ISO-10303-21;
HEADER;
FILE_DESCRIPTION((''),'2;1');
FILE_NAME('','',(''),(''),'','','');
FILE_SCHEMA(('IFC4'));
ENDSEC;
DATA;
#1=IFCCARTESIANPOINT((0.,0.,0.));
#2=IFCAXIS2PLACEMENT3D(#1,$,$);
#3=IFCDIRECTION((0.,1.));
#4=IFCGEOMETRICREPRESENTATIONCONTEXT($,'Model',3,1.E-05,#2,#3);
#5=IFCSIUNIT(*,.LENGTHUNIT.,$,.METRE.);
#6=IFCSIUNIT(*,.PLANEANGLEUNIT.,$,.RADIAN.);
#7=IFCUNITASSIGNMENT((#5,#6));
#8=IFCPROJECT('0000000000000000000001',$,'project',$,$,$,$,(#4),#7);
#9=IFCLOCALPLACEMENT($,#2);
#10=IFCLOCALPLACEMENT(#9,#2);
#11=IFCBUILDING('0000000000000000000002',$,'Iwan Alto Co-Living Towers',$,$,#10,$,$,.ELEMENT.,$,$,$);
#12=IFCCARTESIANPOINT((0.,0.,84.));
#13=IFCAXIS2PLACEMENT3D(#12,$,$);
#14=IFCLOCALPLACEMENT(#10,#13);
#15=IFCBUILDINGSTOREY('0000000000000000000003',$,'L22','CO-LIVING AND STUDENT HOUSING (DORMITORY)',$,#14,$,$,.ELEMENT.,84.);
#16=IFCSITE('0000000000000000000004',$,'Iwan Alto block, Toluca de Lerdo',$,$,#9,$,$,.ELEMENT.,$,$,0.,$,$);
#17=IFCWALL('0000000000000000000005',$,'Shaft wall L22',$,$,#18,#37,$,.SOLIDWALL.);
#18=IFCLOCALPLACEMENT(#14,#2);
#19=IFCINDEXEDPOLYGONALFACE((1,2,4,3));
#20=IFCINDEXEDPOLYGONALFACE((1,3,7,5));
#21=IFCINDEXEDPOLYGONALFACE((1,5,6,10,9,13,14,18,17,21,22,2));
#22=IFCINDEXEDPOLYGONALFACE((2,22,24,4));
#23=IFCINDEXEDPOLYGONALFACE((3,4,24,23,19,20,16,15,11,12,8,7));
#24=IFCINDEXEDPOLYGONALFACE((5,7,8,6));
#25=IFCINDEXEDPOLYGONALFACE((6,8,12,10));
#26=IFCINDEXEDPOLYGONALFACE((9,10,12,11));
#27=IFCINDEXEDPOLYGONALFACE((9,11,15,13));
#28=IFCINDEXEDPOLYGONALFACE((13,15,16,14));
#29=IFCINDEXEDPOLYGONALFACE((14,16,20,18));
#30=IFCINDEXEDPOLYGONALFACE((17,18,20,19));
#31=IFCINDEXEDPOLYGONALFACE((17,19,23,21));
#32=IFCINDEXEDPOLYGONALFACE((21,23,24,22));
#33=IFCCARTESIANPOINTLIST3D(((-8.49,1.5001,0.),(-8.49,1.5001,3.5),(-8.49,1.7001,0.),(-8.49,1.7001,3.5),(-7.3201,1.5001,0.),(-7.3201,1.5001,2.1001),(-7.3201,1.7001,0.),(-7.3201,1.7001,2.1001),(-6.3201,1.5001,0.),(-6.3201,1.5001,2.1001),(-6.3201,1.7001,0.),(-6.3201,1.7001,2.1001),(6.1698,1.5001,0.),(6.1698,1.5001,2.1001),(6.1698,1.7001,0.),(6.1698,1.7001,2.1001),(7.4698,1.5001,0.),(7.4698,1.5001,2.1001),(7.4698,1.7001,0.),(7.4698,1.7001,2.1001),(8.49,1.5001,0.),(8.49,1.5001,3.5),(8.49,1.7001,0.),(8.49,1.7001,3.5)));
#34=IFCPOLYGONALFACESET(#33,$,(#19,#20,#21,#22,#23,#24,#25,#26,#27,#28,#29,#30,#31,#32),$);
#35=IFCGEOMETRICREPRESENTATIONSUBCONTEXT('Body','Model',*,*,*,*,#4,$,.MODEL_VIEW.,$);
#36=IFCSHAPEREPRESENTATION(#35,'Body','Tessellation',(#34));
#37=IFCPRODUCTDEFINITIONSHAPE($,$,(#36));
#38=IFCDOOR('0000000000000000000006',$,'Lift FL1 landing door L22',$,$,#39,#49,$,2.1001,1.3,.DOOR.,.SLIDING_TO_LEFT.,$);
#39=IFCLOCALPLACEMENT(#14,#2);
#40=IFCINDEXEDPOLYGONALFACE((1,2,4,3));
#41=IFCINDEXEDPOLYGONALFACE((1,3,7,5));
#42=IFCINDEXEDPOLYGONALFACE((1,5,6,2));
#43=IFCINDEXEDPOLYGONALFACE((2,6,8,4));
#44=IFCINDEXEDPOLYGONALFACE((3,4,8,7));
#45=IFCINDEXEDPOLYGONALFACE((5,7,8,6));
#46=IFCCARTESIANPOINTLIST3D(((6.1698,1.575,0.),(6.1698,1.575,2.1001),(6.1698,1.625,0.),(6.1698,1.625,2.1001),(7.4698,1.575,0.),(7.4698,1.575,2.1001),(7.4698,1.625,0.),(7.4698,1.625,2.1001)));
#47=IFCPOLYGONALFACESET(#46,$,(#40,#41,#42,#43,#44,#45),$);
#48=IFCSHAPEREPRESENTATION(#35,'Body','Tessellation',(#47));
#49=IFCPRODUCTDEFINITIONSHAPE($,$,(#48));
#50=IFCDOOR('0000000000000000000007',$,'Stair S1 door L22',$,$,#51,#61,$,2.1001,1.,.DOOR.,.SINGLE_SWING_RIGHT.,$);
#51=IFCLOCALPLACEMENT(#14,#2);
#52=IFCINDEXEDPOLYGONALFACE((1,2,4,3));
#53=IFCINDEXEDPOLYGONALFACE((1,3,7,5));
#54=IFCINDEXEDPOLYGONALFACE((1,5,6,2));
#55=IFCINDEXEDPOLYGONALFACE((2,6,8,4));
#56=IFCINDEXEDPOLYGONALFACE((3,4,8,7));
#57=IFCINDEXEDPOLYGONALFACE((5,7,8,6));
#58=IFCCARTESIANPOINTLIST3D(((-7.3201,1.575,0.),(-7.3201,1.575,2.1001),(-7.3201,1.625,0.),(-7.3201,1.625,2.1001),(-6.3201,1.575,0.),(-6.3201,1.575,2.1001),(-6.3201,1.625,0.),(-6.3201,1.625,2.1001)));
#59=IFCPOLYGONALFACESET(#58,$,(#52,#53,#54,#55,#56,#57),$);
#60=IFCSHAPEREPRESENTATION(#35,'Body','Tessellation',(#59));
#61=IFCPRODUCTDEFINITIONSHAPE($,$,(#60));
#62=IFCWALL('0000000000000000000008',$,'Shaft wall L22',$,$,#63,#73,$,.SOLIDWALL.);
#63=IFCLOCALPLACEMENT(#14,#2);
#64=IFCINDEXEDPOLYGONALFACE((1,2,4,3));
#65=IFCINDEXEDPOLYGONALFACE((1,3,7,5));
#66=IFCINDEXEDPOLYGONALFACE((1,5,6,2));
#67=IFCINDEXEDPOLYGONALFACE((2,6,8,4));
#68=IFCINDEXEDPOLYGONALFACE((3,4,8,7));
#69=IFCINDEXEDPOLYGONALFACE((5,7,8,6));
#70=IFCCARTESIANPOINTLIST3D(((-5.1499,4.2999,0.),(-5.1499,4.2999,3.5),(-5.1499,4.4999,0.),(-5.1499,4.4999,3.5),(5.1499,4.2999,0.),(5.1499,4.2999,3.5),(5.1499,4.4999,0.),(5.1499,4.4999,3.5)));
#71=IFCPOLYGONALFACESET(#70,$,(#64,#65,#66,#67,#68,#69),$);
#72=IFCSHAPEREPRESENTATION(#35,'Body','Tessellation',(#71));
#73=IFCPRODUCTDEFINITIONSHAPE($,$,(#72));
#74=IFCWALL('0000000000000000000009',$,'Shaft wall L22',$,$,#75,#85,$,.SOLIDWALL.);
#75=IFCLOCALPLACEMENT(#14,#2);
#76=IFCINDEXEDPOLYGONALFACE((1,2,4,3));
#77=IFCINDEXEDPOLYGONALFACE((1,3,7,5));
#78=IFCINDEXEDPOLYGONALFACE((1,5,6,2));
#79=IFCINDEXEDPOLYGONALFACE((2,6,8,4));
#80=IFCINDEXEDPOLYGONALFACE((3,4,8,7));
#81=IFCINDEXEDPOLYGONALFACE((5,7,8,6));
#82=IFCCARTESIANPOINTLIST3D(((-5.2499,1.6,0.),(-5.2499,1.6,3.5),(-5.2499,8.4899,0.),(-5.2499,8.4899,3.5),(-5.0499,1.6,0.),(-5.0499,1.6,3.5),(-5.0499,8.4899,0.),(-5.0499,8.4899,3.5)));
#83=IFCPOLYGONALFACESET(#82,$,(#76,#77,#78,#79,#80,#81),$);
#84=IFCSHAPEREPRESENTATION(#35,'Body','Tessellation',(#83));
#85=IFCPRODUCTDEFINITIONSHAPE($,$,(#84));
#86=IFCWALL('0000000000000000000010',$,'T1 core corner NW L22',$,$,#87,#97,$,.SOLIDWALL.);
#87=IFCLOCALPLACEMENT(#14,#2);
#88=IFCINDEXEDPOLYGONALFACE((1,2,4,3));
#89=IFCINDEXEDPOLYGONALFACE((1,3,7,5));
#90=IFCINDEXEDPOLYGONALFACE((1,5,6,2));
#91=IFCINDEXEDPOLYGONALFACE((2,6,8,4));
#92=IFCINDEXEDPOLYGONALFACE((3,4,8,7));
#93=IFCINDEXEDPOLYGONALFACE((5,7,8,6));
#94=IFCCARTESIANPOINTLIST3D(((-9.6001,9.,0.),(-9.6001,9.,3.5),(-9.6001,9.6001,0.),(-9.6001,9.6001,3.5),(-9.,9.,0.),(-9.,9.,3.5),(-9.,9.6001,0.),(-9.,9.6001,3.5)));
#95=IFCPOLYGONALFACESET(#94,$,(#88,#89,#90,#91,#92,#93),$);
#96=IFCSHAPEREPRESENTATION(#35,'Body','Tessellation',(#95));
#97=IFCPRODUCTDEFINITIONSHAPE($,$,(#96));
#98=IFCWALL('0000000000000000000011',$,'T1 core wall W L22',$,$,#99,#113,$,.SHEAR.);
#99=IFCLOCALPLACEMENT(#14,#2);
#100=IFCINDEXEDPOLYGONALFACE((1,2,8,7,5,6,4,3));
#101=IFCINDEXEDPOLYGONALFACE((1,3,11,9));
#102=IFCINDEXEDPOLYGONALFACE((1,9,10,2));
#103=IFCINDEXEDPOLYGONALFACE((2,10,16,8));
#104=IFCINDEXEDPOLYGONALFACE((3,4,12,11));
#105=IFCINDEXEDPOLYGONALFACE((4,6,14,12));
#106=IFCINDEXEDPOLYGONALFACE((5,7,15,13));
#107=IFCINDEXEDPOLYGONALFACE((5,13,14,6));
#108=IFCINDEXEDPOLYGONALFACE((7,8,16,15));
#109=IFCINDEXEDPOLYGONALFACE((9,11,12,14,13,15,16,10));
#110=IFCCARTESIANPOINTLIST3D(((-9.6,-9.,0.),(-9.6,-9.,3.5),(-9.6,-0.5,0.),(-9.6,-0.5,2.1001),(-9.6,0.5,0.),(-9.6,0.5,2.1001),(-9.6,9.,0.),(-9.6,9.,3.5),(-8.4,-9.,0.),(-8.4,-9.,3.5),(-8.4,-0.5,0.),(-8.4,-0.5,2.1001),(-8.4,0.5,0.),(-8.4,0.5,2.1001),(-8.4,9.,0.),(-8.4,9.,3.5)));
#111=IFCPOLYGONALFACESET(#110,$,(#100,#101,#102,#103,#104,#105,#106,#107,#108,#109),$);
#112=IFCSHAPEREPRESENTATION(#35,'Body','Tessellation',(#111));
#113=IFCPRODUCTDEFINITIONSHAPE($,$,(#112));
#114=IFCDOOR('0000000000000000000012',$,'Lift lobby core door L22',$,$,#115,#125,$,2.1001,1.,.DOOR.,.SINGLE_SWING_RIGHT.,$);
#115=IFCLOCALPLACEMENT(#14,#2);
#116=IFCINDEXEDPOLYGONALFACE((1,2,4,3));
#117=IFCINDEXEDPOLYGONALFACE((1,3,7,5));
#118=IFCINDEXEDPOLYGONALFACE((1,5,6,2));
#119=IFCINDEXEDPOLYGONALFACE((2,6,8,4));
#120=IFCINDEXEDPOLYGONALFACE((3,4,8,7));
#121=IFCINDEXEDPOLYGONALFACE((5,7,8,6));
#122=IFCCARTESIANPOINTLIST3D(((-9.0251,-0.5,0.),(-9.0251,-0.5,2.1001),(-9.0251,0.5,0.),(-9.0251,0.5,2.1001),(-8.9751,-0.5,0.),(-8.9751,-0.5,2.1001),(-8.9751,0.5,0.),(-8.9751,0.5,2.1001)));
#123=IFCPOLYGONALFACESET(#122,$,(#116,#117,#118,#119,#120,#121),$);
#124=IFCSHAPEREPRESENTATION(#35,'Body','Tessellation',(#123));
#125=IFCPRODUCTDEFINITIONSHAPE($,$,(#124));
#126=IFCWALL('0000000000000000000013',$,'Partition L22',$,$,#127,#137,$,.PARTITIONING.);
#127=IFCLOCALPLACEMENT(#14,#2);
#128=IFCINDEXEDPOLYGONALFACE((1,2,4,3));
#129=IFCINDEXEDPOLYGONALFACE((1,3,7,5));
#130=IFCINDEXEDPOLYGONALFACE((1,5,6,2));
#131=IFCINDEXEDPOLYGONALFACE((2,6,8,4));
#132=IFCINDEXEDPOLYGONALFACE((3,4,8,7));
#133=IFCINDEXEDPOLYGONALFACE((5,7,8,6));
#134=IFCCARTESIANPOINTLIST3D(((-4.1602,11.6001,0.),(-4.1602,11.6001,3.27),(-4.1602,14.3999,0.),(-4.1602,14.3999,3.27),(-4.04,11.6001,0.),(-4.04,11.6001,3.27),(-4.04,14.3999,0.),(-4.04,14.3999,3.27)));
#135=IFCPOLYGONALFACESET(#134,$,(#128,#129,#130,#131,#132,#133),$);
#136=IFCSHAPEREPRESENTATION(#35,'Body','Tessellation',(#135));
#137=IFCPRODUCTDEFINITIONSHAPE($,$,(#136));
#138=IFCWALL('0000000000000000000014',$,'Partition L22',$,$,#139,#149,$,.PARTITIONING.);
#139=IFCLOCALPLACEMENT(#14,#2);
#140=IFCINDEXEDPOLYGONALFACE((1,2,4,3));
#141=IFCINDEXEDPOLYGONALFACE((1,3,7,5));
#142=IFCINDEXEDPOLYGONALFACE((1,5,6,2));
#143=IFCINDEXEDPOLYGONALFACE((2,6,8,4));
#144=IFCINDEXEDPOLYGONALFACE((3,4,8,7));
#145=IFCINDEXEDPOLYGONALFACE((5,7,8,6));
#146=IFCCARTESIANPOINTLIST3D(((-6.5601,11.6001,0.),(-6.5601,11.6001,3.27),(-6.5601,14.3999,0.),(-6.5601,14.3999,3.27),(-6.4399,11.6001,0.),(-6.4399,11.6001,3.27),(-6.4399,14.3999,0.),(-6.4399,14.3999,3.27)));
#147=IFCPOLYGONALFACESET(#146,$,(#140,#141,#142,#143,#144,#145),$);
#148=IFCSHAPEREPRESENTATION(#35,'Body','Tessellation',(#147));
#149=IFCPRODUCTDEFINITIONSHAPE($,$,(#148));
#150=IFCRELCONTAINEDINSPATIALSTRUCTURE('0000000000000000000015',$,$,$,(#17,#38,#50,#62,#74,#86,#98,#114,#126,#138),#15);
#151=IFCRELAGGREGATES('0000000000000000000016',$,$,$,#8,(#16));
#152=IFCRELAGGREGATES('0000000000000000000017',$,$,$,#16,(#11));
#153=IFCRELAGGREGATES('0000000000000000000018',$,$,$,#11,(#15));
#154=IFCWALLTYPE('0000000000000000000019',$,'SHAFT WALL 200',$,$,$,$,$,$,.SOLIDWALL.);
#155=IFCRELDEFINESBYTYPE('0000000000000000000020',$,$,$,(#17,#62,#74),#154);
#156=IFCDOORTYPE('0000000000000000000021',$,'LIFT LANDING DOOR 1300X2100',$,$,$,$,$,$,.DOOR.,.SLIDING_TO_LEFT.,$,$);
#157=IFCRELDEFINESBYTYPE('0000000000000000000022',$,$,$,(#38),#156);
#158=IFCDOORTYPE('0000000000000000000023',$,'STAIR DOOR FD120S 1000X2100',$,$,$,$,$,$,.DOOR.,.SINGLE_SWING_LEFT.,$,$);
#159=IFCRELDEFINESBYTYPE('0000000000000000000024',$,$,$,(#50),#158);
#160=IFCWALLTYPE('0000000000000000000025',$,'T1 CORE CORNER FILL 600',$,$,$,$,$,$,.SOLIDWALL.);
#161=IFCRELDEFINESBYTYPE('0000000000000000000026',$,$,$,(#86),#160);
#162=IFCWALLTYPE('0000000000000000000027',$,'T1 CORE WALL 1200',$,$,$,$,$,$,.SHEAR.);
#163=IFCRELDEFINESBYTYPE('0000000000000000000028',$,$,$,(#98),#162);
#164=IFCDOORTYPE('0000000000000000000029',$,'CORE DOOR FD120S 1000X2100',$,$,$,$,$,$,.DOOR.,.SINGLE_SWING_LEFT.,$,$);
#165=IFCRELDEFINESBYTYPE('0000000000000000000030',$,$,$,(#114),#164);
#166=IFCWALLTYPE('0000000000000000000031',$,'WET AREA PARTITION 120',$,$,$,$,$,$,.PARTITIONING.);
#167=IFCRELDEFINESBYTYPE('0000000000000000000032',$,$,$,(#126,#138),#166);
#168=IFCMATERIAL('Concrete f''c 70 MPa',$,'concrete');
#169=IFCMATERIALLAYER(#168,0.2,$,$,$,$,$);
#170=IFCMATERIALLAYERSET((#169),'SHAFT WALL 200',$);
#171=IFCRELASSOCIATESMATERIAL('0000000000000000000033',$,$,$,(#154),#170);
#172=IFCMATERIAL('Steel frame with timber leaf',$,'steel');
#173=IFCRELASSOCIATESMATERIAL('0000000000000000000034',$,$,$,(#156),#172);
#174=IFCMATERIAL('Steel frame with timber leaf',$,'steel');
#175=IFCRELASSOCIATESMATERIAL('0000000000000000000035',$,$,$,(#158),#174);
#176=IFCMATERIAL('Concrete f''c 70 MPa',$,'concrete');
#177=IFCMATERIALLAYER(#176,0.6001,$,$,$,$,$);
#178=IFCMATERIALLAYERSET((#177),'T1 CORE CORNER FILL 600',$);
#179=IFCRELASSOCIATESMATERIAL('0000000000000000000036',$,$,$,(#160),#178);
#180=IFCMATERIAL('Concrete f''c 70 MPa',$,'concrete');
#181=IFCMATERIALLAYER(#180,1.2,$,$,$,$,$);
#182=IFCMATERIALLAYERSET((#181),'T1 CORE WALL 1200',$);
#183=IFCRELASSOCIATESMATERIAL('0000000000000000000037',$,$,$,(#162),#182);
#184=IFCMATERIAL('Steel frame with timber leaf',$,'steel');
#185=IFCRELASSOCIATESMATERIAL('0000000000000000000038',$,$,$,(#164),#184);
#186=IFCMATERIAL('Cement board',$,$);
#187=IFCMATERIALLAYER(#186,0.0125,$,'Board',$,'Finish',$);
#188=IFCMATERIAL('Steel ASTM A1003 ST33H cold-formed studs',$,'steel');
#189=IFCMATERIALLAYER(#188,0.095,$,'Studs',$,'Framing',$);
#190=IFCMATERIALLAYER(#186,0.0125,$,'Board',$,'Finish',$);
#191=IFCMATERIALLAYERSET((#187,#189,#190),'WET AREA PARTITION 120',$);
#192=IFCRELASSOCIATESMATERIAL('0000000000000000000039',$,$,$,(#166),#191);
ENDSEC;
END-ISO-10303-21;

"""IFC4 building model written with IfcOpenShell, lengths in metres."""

from ifc_helpers import new_model, si_unit, direction, frame, frame_2d, origin, place, context, subcontext, project, spatial, rectangle, extrude, material, layer, layer_set, type_object, element, fill, save


model = new_model("IFC4")

# Units and contexts
model_context = context("Model", 3, precision=1e-05, world=origin(), true_north=direction((0.0, 1.0)))
body_context = subcontext(model_context, "Body", "Model", "MODEL_VIEW")
ifc_project = project(units=[si_unit("LENGTHUNIT", "METRE"), si_unit("PLANEANGLEUNIT", "RADIAN")], contexts=[model_context])

# Site, building, storey
site_placement = place(None, origin())
site = spatial("IfcSite", under=ifc_project, at=site_placement, Name="Iwan Alto block, Toluca de Lerdo", CompositionType="ELEMENT", RefElevation=0.0)
building_placement = place(site_placement, origin())
building = spatial("IfcBuilding", under=site, at=building_placement, Name="Iwan Alto Co-Living Towers", CompositionType="ELEMENT")
storey_placement = place(building_placement, frame((0.0, 0.0, 84.0)))
storey = spatial("IfcBuildingStorey", under=building, at=storey_placement, Name="L22", Description="CO-LIVING AND STUDENT HOUSING (DORMITORY)", CompositionType="ELEMENT", Elevation=84.0)

# Shared definitions
ifc_material_1 = material(Name="Steel ASTM A1003 ST33H cold-formed studs", Category="steel")

# Wall, openings, doors
ifc_material_2 = material(Name="Concrete f'c 70 MPa", Category="concrete")
ifc_layer_1 = layer(ifc_material_2, 0.2)
ifc_layer_set_1 = layer_set([ifc_layer_1], Name="SHAFT WALL 200")
wall_type_1 = type_object("IfcWallType", Name="SHAFT WALL 200", PredefinedType="SOLIDWALL", material=ifc_layer_set_1)
wall_1_placement = place(storey_placement, frame((-8.49, 1.6001, 0.0), z_axis=(0.0, 0.0, 1.0), x_axis=(1.0, 0.0, 0.0)))
wall_1 = element("IfcWall", 1, at=wall_1_placement, inside=storey, type_object=wall_type_1, Name="Shaft wall L22", PredefinedType="SOLIDWALL", context=body_context, shape_type="SweptSolid", body=[
    extrude(rectangle(XDim=16.98, YDim=0.2, at=frame_2d((8.49, 0.0))), origin(), (0.0, 0.0, 1.0), 3.5),
])
opening_1_placement = place(wall_1_placement, frame((1.1699, 0.0, 0.0)))
opening_1 = element("IfcOpeningElement", 2, at=opening_1_placement, cuts=wall_1, PredefinedType="OPENING", context=body_context, shape_type="SweptSolid", body=[
    extrude(rectangle(XDim=1.0, YDim=2.1001, at=frame_2d((0.5, 1.05))), frame((0.0, 0.1099, 0.0), z_axis=(0.0, -1.0, 0.0), x_axis=(1.0, 0.0, 0.0)), (0.0, 0.0, 1.0), 0.22),
])
opening_2_placement = place(wall_1_placement, frame((14.6599, 0.0, 0.0)))
opening_2 = element("IfcOpeningElement", 3, at=opening_2_placement, cuts=wall_1, PredefinedType="OPENING", context=body_context, shape_type="SweptSolid", body=[
    extrude(rectangle(XDim=1.3, YDim=2.1001, at=frame_2d((0.6499, 1.05))), frame((0.0, 0.1099, 0.0), z_axis=(0.0, -1.0, 0.0), x_axis=(1.0, 0.0, 0.0)), (0.0, 0.0, 1.0), 0.22),
])
ifc_material_3 = material(Name="Steel frame with timber leaf", Category="steel")
door_type_1 = type_object("IfcDoorType", Name="LIFT LANDING DOOR 1300X2100", OperationType="SLIDING_TO_LEFT", PredefinedType="DOOR", material=ifc_material_3)
door_1_placement = place(opening_2_placement, origin())
door_1 = element("IfcDoor", 4, at=door_1_placement, inside=storey, type_object=door_type_1, Name="Lift FL1 landing door L22", OperationType="SLIDING_TO_LEFT", OverallHeight=2.1001, OverallWidth=1.3, PredefinedType="DOOR", context=body_context, shape_type="SweptSolid", body=[
    extrude(rectangle(XDim=1.3, YDim=2.1001, at=frame_2d((0.6499, 1.05))), frame((0.0, 0.0249, 0.0), z_axis=(0.0, -1.0, 0.0), x_axis=(1.0, 0.0, 0.0)), (0.0, 0.0, 1.0), 0.05),
])
fill(opening_2, door_1)
ifc_material_4 = material(Name="Steel frame with timber leaf", Category="steel")
door_type_2 = type_object("IfcDoorType", Name="STAIR DOOR FD120S 1000X2100", OperationType="SINGLE_SWING_LEFT", PredefinedType="DOOR", material=ifc_material_4)
door_2_placement = place(opening_1_placement, origin())
door_2 = element("IfcDoor", 5, at=door_2_placement, inside=storey, type_object=door_type_2, Name="Stair S1 door L22", OperationType="SINGLE_SWING_RIGHT", OverallHeight=2.1001, OverallWidth=1.0, PredefinedType="DOOR", context=body_context, shape_type="SweptSolid", body=[
    extrude(rectangle(XDim=1.0, YDim=2.1001, at=frame_2d((0.5, 1.05))), frame((0.0, 0.0249, 0.0), z_axis=(0.0, -1.0, 0.0), x_axis=(1.0, 0.0, 0.0)), (0.0, 0.0, 1.0), 0.05),
])
fill(opening_1, door_2)

# Walls
wall_2_placement = place(storey_placement, frame((-5.1499, 4.3999, 0.0), z_axis=(0.0, 0.0, 1.0), x_axis=(1.0, 0.0, 0.0)))
element("IfcWall", 6, at=wall_2_placement, inside=storey, type_object=wall_type_1, Name="Shaft wall L22", PredefinedType="SOLIDWALL", context=body_context, shape_type="SweptSolid", body=[
    extrude(rectangle(XDim=10.2998, YDim=0.2, at=frame_2d((5.1499, 0.0))), origin(), (0.0, 0.0, 1.0), 3.5),
])
wall_3_placement = place(storey_placement, frame((-5.1499, 1.6001, 0.0), z_axis=(0.0, 0.0, 1.0), x_axis=(0.0, 1.0, 0.0)))
element("IfcWall", 7, at=wall_3_placement, inside=storey, type_object=wall_type_1, Name="Shaft wall L22", PredefinedType="SOLIDWALL", context=body_context, shape_type="SweptSolid", body=[
    extrude(rectangle(XDim=6.8899, YDim=0.2, at=frame_2d((3.4448, 0.0))), origin(), (0.0, 0.0, 1.0), 3.5),
])
ifc_material_5 = material(Name="Concrete f'c 70 MPa", Category="concrete")
ifc_layer_2 = layer(ifc_material_5, 0.6001)
ifc_layer_set_2 = layer_set([ifc_layer_2], Name="T1 CORE CORNER FILL 600")
wall_type_2 = type_object("IfcWallType", Name="T1 CORE CORNER FILL 600", PredefinedType="SOLIDWALL", material=ifc_layer_set_2)
wall_4_placement = place(storey_placement, frame((-9.6001, 9.3, 0.0), z_axis=(0.0, 0.0, 1.0), x_axis=(1.0, 0.0, 0.0)))
element("IfcWall", 8, at=wall_4_placement, inside=storey, type_object=wall_type_2, Name="T1 core corner NW L22", PredefinedType="SOLIDWALL", context=body_context, shape_type="SweptSolid", body=[
    extrude(rectangle(XDim=0.6001, YDim=0.6001, at=frame_2d((0.3, 0.0))), origin(), (0.0, 0.0, 1.0), 3.5),
])

# Wall, opening, door
ifc_material_6 = material(Name="Concrete f'c 70 MPa", Category="concrete")
ifc_layer_3 = layer(ifc_material_6, 1.2)
ifc_layer_set_3 = layer_set([ifc_layer_3], Name="T1 CORE WALL 1200")
wall_type_3 = type_object("IfcWallType", Name="T1 CORE WALL 1200", PredefinedType="SHEAR", material=ifc_layer_set_3)
wall_5_placement = place(storey_placement, frame((-9.0, 9.0, 0.0), z_axis=(0.0, 0.0, 1.0), x_axis=(0.0, -1.0, 0.0)))
wall_5 = element("IfcWall", 9, at=wall_5_placement, inside=storey, type_object=wall_type_3, Name="T1 core wall W L22", PredefinedType="SHEAR", context=body_context, shape_type="SweptSolid", body=[
    extrude(rectangle(XDim=18.0, YDim=1.2, at=frame_2d((9.0, 0.0))), origin(), (0.0, 0.0, 1.0), 3.5),
])
opening_3_placement = place(wall_5_placement, frame((8.5, 0.0, 0.0)))
opening_3 = element("IfcOpeningElement", 10, at=opening_3_placement, cuts=wall_5, PredefinedType="OPENING", context=body_context, shape_type="SweptSolid", body=[
    extrude(rectangle(XDim=1.0, YDim=2.1001, at=frame_2d((0.5, 1.05))), frame((0.0, 0.6099, 0.0), z_axis=(0.0, -1.0, 0.0), x_axis=(1.0, 0.0, 0.0)), (0.0, 0.0, 1.0), 1.22),
])
ifc_material_7 = material(Name="Steel frame with timber leaf", Category="steel")
door_type_3 = type_object("IfcDoorType", Name="CORE DOOR FD120S 1000X2100", OperationType="SINGLE_SWING_LEFT", PredefinedType="DOOR", material=ifc_material_7)
door_3_placement = place(opening_3_placement, origin())
door_3 = element("IfcDoor", 11, at=door_3_placement, inside=storey, type_object=door_type_3, Name="Lift lobby core door L22", OperationType="SINGLE_SWING_RIGHT", OverallHeight=2.1001, OverallWidth=1.0, PredefinedType="DOOR", context=body_context, shape_type="SweptSolid", body=[
    extrude(rectangle(XDim=1.0, YDim=2.1001, at=frame_2d((0.5, 1.05))), frame((0.0, 0.0249, 0.0), z_axis=(0.0, -1.0, 0.0), x_axis=(1.0, 0.0, 0.0)), (0.0, 0.0, 1.0), 0.05),
])
fill(opening_3, door_3)

# Walls
ifc_material_8 = material(Name="Cement board")
ifc_layer_4 = layer(ifc_material_8, 0.0125, Name="Board", Category="Finish")
ifc_layer_5 = layer(ifc_material_1, 0.095, Name="Studs", Category="Framing")
ifc_layer_6 = layer(ifc_material_8, 0.0125, Name="Board", Category="Finish")
ifc_layer_set_4 = layer_set([ifc_layer_4, ifc_layer_5, ifc_layer_6], Name="WET AREA PARTITION 120")
wall_type_4 = type_object("IfcWallType", Name="WET AREA PARTITION 120", PredefinedType="PARTITIONING", material=ifc_layer_set_4)
for number, where, z_axis, x_axis, name in (
    (12, (-4.1001, 11.6001, 0.0), (0.0, 0.0, 1.0), (0.0, 1.0, 0.0), "Partition L22"),
    (13, (-6.5, 11.6001, 0.0), (0.0, 0.0, 1.0), (0.0, 1.0, 0.0), "Partition L22"),
):
    element("IfcWall", number, at=place(storey_placement, frame(where, z_axis=z_axis, x_axis=x_axis)), inside=storey, type_object=wall_type_4, Name=name, PredefinedType="PARTITIONING", context=body_context, shape_type="SweptSolid", body=[
        extrude(rectangle(XDim=2.7998, YDim=0.1201, at=frame_2d((1.3999, 0.0))), origin(), (0.0, 0.0, 1.0), 3.27),
    ])

save(model, "model.ifc")
